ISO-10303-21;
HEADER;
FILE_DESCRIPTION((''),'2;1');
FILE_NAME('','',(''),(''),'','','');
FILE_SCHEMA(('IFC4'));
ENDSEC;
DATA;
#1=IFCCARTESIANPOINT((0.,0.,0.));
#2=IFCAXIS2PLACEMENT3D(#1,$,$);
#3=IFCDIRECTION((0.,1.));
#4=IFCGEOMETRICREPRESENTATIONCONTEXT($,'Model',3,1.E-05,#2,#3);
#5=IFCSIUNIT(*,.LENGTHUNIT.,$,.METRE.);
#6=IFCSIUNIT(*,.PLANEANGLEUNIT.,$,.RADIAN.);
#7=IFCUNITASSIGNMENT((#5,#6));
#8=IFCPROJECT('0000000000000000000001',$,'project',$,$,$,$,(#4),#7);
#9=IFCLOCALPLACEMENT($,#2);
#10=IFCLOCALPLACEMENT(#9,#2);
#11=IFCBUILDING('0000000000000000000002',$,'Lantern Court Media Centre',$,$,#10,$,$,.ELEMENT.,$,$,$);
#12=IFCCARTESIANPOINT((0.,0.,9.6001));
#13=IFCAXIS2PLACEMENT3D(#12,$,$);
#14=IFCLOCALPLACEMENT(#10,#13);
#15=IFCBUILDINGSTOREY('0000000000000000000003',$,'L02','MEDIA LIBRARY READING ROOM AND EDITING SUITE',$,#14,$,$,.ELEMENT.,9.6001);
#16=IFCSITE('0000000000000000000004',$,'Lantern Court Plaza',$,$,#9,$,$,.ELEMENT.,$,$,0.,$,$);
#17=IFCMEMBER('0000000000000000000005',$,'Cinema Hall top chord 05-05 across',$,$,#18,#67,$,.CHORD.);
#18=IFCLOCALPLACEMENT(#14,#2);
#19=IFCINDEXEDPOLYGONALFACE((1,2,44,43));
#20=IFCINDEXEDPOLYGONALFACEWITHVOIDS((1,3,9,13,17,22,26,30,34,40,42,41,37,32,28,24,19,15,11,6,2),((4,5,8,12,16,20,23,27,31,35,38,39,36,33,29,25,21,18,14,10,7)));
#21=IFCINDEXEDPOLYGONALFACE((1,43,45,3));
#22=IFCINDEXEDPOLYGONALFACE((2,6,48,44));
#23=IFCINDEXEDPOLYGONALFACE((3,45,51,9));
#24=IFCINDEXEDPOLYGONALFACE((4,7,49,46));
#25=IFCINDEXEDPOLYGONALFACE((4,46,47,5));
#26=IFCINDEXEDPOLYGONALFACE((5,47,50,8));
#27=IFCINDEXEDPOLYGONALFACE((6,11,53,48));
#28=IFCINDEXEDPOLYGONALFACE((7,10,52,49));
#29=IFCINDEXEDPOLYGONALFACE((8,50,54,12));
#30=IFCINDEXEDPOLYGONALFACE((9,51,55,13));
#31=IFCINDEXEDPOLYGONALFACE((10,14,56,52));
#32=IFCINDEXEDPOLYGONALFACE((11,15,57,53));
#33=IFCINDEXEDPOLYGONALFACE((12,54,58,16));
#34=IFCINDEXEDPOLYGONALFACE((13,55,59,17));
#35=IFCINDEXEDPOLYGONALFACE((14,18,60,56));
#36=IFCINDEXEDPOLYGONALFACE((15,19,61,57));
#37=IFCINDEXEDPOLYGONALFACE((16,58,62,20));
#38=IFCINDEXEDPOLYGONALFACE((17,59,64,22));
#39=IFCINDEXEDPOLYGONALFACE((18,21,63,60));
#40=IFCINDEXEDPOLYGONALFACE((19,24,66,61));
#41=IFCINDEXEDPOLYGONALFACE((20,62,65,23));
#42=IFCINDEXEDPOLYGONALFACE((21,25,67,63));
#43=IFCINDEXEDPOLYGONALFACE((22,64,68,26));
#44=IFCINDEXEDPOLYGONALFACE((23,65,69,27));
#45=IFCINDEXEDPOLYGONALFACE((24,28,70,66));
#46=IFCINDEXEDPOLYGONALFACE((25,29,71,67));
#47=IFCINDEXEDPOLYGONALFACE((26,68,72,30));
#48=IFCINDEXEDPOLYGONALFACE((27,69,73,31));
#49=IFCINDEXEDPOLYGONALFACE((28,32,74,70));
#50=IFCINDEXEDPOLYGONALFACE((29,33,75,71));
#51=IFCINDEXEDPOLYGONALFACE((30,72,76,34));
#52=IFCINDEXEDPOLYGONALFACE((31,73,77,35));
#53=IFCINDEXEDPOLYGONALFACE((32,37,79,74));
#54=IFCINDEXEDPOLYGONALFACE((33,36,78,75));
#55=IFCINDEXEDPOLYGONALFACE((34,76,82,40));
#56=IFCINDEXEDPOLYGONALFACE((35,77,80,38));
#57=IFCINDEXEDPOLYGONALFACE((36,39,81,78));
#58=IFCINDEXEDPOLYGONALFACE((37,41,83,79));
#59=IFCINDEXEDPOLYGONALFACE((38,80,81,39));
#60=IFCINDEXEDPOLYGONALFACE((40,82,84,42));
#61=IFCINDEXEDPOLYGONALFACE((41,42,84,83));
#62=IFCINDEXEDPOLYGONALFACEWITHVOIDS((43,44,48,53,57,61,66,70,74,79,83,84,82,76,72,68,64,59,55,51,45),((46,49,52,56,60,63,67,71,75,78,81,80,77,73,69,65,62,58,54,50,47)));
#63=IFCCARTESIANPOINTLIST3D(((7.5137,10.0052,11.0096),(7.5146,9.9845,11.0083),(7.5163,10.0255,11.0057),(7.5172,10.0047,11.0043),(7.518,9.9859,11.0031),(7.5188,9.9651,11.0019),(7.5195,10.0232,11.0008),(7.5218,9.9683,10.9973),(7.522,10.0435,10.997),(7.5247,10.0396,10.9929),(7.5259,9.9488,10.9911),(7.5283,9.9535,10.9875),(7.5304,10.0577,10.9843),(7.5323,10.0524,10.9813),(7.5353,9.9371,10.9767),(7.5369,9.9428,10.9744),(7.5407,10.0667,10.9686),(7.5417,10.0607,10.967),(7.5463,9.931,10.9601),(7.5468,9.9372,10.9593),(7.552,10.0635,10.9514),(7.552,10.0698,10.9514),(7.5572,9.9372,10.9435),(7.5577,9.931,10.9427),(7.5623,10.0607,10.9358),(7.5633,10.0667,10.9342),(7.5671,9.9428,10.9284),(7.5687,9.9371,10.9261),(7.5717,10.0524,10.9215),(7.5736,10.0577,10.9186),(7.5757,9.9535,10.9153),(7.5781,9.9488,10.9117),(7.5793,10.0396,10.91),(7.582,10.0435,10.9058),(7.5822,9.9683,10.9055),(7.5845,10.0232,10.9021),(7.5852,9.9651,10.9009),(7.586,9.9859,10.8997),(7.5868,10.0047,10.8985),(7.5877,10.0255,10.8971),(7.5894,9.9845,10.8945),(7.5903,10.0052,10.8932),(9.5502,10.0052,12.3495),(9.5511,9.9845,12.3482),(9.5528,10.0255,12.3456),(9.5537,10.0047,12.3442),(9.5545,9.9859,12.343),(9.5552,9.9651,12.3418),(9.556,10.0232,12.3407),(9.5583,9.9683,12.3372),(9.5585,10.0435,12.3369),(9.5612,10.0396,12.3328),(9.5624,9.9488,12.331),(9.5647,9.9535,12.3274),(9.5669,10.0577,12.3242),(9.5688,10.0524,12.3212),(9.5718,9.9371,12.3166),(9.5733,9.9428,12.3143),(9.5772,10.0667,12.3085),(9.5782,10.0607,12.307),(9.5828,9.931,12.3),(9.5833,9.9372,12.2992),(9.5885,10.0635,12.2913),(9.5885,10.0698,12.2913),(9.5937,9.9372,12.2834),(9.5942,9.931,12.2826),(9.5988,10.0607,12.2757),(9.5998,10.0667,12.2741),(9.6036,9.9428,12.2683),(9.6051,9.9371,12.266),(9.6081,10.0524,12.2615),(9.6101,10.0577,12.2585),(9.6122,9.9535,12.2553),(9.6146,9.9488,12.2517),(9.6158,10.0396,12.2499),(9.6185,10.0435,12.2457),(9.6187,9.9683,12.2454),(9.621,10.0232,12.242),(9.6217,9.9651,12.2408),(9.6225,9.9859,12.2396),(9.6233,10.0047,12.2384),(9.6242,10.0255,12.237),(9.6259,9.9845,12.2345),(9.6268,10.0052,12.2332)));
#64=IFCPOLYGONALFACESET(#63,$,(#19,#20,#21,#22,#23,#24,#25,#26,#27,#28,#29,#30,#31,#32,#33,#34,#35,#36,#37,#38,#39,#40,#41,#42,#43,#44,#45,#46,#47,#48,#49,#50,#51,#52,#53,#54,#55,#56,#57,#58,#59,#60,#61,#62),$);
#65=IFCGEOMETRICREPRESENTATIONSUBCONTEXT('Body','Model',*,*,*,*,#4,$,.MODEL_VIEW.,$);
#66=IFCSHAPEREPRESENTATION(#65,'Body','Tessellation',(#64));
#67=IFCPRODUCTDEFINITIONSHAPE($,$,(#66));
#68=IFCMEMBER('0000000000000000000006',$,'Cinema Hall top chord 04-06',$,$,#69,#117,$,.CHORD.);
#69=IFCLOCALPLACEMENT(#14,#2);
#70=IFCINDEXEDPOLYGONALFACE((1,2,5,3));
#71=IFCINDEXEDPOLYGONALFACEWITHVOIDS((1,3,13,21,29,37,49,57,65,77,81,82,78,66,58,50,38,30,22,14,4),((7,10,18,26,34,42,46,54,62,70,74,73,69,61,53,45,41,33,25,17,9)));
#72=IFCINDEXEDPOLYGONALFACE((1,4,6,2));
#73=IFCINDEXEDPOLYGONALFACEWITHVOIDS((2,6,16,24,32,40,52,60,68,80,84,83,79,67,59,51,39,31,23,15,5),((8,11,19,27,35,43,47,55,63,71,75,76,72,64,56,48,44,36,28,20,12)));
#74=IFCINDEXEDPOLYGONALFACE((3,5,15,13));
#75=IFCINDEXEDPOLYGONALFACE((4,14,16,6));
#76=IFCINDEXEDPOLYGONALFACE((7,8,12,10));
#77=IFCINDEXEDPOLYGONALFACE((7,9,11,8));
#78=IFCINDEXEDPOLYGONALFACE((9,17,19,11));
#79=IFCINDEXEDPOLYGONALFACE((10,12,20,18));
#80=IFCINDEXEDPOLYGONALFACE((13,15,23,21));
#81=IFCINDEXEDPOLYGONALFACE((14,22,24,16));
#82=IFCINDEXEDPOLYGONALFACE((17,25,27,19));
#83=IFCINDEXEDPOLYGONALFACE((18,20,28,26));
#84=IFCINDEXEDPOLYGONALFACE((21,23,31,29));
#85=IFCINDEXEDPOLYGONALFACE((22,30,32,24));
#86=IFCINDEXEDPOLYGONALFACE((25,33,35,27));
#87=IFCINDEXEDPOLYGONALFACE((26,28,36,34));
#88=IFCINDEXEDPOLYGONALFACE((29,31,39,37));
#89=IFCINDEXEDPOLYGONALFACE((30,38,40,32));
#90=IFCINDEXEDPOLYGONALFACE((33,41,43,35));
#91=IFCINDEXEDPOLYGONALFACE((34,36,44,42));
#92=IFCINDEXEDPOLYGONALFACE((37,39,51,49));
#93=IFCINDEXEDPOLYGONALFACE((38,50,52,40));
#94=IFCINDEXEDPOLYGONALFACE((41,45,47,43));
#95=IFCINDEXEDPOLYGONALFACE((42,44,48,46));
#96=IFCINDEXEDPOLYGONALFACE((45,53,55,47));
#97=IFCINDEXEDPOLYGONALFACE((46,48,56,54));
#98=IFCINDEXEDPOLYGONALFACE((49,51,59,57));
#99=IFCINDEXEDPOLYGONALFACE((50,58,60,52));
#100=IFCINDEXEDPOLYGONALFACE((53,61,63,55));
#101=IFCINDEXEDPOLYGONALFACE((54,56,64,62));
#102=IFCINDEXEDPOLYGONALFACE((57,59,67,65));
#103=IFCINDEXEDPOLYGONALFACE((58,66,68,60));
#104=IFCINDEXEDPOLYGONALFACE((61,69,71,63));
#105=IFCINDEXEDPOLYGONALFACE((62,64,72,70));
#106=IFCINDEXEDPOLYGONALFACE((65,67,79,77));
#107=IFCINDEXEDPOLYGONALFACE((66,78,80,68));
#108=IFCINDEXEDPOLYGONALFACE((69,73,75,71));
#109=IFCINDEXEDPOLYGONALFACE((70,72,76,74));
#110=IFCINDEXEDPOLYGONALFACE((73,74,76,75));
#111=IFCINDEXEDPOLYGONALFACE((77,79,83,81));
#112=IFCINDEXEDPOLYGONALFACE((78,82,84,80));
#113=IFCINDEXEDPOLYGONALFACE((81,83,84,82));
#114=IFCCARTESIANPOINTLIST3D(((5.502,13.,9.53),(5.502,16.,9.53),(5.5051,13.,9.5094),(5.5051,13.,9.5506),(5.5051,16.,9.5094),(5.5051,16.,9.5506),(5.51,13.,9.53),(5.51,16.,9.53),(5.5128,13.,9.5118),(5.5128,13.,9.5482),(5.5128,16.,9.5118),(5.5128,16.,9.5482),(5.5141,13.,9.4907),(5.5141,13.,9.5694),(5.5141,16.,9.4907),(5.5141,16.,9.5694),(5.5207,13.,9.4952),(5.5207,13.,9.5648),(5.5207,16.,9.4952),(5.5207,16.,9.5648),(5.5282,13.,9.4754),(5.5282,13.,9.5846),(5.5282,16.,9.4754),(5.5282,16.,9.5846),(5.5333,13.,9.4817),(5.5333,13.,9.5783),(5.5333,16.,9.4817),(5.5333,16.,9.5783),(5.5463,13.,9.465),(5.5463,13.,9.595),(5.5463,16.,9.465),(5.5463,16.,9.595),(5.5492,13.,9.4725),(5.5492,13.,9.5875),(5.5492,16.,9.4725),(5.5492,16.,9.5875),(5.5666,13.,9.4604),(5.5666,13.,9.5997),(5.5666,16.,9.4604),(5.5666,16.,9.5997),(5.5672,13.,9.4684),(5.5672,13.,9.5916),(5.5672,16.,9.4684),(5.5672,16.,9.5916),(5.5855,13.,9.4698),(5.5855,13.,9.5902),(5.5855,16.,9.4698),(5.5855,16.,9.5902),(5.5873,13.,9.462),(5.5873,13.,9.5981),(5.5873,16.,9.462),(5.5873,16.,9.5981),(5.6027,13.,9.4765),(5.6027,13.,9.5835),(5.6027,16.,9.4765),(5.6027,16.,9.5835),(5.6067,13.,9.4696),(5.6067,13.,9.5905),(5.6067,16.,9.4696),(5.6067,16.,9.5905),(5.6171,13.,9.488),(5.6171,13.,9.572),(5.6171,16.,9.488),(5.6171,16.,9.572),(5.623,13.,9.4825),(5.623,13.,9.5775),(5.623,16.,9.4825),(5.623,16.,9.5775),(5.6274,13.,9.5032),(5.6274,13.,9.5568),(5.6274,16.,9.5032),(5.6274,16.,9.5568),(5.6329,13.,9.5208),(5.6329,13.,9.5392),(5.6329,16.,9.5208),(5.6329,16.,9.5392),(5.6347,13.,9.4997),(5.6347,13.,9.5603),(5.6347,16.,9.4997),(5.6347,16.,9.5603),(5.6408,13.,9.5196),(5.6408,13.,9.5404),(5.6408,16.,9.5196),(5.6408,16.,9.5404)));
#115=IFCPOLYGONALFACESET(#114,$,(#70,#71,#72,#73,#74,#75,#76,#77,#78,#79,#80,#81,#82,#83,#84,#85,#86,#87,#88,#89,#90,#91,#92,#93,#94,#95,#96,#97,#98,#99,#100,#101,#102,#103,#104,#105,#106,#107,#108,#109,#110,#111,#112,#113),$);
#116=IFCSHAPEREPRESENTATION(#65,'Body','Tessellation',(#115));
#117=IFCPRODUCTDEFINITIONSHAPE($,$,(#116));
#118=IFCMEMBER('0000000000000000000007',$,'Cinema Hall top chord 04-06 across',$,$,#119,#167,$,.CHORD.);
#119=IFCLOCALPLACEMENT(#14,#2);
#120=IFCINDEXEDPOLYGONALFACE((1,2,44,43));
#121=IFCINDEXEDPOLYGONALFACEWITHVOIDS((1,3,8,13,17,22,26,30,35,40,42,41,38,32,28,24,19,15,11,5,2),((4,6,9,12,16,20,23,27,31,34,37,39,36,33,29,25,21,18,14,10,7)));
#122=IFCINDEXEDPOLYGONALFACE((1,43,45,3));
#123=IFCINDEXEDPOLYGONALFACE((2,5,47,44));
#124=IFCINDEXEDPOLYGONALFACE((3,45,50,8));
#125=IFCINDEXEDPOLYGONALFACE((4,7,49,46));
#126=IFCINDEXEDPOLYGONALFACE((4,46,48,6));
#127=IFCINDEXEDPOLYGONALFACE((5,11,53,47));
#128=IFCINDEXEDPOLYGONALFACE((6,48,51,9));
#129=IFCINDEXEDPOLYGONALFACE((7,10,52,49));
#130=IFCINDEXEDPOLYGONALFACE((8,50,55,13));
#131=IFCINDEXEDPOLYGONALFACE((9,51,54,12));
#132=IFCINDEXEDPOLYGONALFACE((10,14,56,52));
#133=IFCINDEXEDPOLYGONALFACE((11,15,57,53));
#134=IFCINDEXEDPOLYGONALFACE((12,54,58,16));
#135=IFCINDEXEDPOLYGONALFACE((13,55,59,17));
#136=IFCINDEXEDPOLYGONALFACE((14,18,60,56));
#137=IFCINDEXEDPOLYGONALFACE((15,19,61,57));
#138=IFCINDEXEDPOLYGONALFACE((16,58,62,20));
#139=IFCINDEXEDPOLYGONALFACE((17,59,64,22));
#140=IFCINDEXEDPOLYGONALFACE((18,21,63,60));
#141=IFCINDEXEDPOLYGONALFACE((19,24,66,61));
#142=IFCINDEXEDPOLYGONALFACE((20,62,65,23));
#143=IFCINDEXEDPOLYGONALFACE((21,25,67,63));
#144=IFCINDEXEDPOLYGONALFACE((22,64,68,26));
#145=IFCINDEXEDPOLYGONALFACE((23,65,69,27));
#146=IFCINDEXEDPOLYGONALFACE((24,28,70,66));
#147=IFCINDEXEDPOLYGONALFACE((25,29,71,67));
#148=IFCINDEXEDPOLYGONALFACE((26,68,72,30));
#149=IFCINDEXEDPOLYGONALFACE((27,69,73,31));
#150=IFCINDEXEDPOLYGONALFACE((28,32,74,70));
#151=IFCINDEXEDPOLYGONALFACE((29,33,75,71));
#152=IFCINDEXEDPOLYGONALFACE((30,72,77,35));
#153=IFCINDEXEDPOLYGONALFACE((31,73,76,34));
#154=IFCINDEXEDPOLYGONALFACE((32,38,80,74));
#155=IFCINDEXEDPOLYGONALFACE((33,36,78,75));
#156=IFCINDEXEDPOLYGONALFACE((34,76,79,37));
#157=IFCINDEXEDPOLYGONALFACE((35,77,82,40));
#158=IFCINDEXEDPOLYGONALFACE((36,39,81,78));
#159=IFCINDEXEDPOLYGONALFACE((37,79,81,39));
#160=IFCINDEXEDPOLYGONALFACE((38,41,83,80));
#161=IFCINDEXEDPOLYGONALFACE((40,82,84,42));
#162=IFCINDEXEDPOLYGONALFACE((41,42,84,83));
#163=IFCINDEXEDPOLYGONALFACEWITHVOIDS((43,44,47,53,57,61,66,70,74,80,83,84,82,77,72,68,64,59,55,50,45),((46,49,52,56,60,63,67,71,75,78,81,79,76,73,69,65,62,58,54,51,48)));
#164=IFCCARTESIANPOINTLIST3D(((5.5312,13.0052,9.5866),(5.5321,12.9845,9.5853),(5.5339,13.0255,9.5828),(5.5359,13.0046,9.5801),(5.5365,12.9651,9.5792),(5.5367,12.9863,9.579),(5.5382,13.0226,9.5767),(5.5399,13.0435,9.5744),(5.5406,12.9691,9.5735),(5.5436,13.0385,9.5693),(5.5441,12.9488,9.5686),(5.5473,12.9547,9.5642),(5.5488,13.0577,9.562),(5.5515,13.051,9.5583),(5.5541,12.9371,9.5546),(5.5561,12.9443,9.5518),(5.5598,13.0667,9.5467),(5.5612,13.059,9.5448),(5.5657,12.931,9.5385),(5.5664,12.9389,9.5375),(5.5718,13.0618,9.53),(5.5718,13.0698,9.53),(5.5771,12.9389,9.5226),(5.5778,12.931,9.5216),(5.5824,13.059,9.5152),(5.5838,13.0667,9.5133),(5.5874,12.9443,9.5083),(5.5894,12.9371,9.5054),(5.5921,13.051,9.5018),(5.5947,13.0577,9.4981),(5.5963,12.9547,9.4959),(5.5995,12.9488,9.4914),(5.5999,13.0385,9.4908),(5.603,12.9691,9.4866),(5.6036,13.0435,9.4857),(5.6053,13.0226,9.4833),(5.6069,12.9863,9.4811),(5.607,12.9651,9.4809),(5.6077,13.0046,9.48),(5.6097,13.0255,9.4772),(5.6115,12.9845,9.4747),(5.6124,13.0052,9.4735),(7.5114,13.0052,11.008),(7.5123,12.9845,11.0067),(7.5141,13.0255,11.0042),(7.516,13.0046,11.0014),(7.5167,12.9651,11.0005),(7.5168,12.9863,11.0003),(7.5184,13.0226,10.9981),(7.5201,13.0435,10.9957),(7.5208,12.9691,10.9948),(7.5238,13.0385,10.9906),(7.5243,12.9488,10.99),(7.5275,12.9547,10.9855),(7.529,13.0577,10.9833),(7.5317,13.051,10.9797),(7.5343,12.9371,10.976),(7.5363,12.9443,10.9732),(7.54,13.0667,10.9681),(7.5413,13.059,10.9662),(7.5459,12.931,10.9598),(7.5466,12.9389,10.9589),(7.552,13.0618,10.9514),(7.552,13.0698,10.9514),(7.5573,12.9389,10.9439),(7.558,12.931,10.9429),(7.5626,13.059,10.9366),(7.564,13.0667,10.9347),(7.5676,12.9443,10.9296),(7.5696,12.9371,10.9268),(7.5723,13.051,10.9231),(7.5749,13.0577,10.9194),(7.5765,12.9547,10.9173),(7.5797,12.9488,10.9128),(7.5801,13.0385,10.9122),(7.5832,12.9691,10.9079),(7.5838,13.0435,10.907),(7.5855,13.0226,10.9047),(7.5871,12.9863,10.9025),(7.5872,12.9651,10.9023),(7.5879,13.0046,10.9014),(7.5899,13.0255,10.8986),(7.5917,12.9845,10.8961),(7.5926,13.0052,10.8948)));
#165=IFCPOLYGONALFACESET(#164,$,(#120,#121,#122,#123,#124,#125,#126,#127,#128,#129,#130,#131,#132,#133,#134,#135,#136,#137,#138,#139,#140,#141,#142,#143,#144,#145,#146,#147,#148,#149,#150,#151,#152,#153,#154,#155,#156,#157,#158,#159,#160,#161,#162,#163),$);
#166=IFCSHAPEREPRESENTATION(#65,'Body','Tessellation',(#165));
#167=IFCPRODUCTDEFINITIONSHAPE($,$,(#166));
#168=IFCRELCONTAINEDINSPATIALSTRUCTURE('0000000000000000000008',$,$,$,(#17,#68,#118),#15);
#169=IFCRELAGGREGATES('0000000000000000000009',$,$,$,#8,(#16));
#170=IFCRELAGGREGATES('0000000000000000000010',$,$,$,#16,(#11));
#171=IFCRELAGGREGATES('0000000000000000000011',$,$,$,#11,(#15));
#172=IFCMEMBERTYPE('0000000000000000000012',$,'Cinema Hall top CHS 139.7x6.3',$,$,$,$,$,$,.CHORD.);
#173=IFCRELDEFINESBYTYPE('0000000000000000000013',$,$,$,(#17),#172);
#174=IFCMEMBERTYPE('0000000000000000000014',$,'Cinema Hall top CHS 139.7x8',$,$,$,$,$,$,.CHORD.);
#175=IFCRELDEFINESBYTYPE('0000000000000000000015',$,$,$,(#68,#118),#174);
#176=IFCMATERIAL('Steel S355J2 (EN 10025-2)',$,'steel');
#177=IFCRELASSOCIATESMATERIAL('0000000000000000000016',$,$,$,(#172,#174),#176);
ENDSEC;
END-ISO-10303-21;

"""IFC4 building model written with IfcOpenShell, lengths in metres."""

from ifc_helpers import new_model, si_unit, direction, frame, origin, origin_2d, place, context, subcontext, project, spatial, hollow_circle, extrude, material, material_profile, profile_set, type_object, element, save


model = new_model("IFC4")

# Units and contexts
model_context = context("Model", 3, precision=1e-05, world=origin(), true_north=direction((0.0, 1.0)))
body_context = subcontext(model_context, "Body", "Model", "MODEL_VIEW")
ifc_project = project(units=[si_unit("LENGTHUNIT", "METRE"), si_unit("PLANEANGLEUNIT", "RADIAN")], contexts=[model_context])

# Site, building, storey
site_placement = place(None, origin())
site = spatial("IfcSite", under=ifc_project, at=site_placement, Name="Lantern Court Plaza", CompositionType="ELEMENT", RefElevation=0.0)
building_placement = place(site_placement, origin())
building = spatial("IfcBuilding", under=site, at=building_placement, Name="Lantern Court Media Centre", CompositionType="ELEMENT")
storey_placement = place(building_placement, frame((0.0, 0.0, 9.6001)))
storey = spatial("IfcBuildingStorey", under=building, at=storey_placement, Name="L02", Description="MEDIA LIBRARY READING ROOM AND EDITING SUITE", CompositionType="ELEMENT", Elevation=9.6001)

# Members
ifc_material = material(Name="Steel S355J2 (EN 10025-2)", Category="steel")
ifc_material_profile_1 = material_profile(ifc_material, hollow_circle(Radius=0.0698, WallThickness=0.0063, at=origin_2d()), Name="Cinema Hall top CHS 139.7x6.3")
ifc_profile_set_1 = profile_set([ifc_material_profile_1], Name="Steel S355J2 (EN 10025-2)")
member_type_1 = type_object("IfcMemberType", Name="Cinema Hall top CHS 139.7x6.3", PredefinedType="CHORD", material=ifc_profile_set_1)
member_1_placement = place(storey_placement, frame((7.552, 10.0, 10.9514), z_axis=(0.835394, 0.0, 0.549651), x_axis=(0.0, 1.0, 0.0)))
element("IfcMember", 1, at=member_1_placement, inside=storey, type_object=member_type_1, Name="Cinema Hall top chord 05-05 across", PredefinedType="CHORD", context=body_context, shape_type="SweptSolid", body=[
    extrude(hollow_circle(Radius=0.0698, WallThickness=0.0063, at=origin_2d()), origin(), (0.0, 0.0, 1.0), 2.4377),
])
ifc_material_profile_2 = material_profile(ifc_material, hollow_circle(Radius=0.0698, WallThickness=0.0081, at=origin_2d()), Name="Cinema Hall top CHS 139.7x8")
ifc_profile_set_2 = profile_set([ifc_material_profile_2], Name="Steel S355J2 (EN 10025-2)")
member_type_2 = type_object("IfcMemberType", Name="Cinema Hall top CHS 139.7x8", PredefinedType="CHORD", material=ifc_profile_set_2)
member_2_placement = place(storey_placement, frame((5.5718, 13.0, 9.53), z_axis=(0.0, 1.0, 0.0), x_axis=(-1.0, 0.0, 0.0)))
element("IfcMember", 2, at=member_2_placement, inside=storey, type_object=member_type_2, Name="Cinema Hall top chord 04-06", PredefinedType="CHORD", context=body_context, shape_type="SweptSolid", body=[
    extrude(hollow_circle(Radius=0.0698, WallThickness=0.0081, at=origin_2d()), origin(), (0.0, 0.0, 1.0), 3.0),
])
member_3_placement = place(storey_placement, frame((5.5718, 13.0, 9.53), z_axis=(0.812385, 0.0, 0.583122), x_axis=(0.0, 1.0, 0.0)))
element("IfcMember", 3, at=member_3_placement, inside=storey, type_object=member_type_2, Name="Cinema Hall top chord 04-06 across", PredefinedType="CHORD", context=body_context, shape_type="SweptSolid", body=[
    extrude(hollow_circle(Radius=0.0698, WallThickness=0.0081, at=origin_2d()), origin(), (0.0, 0.0, 1.0), 2.4375),
])

save(model, "model.ifc")
